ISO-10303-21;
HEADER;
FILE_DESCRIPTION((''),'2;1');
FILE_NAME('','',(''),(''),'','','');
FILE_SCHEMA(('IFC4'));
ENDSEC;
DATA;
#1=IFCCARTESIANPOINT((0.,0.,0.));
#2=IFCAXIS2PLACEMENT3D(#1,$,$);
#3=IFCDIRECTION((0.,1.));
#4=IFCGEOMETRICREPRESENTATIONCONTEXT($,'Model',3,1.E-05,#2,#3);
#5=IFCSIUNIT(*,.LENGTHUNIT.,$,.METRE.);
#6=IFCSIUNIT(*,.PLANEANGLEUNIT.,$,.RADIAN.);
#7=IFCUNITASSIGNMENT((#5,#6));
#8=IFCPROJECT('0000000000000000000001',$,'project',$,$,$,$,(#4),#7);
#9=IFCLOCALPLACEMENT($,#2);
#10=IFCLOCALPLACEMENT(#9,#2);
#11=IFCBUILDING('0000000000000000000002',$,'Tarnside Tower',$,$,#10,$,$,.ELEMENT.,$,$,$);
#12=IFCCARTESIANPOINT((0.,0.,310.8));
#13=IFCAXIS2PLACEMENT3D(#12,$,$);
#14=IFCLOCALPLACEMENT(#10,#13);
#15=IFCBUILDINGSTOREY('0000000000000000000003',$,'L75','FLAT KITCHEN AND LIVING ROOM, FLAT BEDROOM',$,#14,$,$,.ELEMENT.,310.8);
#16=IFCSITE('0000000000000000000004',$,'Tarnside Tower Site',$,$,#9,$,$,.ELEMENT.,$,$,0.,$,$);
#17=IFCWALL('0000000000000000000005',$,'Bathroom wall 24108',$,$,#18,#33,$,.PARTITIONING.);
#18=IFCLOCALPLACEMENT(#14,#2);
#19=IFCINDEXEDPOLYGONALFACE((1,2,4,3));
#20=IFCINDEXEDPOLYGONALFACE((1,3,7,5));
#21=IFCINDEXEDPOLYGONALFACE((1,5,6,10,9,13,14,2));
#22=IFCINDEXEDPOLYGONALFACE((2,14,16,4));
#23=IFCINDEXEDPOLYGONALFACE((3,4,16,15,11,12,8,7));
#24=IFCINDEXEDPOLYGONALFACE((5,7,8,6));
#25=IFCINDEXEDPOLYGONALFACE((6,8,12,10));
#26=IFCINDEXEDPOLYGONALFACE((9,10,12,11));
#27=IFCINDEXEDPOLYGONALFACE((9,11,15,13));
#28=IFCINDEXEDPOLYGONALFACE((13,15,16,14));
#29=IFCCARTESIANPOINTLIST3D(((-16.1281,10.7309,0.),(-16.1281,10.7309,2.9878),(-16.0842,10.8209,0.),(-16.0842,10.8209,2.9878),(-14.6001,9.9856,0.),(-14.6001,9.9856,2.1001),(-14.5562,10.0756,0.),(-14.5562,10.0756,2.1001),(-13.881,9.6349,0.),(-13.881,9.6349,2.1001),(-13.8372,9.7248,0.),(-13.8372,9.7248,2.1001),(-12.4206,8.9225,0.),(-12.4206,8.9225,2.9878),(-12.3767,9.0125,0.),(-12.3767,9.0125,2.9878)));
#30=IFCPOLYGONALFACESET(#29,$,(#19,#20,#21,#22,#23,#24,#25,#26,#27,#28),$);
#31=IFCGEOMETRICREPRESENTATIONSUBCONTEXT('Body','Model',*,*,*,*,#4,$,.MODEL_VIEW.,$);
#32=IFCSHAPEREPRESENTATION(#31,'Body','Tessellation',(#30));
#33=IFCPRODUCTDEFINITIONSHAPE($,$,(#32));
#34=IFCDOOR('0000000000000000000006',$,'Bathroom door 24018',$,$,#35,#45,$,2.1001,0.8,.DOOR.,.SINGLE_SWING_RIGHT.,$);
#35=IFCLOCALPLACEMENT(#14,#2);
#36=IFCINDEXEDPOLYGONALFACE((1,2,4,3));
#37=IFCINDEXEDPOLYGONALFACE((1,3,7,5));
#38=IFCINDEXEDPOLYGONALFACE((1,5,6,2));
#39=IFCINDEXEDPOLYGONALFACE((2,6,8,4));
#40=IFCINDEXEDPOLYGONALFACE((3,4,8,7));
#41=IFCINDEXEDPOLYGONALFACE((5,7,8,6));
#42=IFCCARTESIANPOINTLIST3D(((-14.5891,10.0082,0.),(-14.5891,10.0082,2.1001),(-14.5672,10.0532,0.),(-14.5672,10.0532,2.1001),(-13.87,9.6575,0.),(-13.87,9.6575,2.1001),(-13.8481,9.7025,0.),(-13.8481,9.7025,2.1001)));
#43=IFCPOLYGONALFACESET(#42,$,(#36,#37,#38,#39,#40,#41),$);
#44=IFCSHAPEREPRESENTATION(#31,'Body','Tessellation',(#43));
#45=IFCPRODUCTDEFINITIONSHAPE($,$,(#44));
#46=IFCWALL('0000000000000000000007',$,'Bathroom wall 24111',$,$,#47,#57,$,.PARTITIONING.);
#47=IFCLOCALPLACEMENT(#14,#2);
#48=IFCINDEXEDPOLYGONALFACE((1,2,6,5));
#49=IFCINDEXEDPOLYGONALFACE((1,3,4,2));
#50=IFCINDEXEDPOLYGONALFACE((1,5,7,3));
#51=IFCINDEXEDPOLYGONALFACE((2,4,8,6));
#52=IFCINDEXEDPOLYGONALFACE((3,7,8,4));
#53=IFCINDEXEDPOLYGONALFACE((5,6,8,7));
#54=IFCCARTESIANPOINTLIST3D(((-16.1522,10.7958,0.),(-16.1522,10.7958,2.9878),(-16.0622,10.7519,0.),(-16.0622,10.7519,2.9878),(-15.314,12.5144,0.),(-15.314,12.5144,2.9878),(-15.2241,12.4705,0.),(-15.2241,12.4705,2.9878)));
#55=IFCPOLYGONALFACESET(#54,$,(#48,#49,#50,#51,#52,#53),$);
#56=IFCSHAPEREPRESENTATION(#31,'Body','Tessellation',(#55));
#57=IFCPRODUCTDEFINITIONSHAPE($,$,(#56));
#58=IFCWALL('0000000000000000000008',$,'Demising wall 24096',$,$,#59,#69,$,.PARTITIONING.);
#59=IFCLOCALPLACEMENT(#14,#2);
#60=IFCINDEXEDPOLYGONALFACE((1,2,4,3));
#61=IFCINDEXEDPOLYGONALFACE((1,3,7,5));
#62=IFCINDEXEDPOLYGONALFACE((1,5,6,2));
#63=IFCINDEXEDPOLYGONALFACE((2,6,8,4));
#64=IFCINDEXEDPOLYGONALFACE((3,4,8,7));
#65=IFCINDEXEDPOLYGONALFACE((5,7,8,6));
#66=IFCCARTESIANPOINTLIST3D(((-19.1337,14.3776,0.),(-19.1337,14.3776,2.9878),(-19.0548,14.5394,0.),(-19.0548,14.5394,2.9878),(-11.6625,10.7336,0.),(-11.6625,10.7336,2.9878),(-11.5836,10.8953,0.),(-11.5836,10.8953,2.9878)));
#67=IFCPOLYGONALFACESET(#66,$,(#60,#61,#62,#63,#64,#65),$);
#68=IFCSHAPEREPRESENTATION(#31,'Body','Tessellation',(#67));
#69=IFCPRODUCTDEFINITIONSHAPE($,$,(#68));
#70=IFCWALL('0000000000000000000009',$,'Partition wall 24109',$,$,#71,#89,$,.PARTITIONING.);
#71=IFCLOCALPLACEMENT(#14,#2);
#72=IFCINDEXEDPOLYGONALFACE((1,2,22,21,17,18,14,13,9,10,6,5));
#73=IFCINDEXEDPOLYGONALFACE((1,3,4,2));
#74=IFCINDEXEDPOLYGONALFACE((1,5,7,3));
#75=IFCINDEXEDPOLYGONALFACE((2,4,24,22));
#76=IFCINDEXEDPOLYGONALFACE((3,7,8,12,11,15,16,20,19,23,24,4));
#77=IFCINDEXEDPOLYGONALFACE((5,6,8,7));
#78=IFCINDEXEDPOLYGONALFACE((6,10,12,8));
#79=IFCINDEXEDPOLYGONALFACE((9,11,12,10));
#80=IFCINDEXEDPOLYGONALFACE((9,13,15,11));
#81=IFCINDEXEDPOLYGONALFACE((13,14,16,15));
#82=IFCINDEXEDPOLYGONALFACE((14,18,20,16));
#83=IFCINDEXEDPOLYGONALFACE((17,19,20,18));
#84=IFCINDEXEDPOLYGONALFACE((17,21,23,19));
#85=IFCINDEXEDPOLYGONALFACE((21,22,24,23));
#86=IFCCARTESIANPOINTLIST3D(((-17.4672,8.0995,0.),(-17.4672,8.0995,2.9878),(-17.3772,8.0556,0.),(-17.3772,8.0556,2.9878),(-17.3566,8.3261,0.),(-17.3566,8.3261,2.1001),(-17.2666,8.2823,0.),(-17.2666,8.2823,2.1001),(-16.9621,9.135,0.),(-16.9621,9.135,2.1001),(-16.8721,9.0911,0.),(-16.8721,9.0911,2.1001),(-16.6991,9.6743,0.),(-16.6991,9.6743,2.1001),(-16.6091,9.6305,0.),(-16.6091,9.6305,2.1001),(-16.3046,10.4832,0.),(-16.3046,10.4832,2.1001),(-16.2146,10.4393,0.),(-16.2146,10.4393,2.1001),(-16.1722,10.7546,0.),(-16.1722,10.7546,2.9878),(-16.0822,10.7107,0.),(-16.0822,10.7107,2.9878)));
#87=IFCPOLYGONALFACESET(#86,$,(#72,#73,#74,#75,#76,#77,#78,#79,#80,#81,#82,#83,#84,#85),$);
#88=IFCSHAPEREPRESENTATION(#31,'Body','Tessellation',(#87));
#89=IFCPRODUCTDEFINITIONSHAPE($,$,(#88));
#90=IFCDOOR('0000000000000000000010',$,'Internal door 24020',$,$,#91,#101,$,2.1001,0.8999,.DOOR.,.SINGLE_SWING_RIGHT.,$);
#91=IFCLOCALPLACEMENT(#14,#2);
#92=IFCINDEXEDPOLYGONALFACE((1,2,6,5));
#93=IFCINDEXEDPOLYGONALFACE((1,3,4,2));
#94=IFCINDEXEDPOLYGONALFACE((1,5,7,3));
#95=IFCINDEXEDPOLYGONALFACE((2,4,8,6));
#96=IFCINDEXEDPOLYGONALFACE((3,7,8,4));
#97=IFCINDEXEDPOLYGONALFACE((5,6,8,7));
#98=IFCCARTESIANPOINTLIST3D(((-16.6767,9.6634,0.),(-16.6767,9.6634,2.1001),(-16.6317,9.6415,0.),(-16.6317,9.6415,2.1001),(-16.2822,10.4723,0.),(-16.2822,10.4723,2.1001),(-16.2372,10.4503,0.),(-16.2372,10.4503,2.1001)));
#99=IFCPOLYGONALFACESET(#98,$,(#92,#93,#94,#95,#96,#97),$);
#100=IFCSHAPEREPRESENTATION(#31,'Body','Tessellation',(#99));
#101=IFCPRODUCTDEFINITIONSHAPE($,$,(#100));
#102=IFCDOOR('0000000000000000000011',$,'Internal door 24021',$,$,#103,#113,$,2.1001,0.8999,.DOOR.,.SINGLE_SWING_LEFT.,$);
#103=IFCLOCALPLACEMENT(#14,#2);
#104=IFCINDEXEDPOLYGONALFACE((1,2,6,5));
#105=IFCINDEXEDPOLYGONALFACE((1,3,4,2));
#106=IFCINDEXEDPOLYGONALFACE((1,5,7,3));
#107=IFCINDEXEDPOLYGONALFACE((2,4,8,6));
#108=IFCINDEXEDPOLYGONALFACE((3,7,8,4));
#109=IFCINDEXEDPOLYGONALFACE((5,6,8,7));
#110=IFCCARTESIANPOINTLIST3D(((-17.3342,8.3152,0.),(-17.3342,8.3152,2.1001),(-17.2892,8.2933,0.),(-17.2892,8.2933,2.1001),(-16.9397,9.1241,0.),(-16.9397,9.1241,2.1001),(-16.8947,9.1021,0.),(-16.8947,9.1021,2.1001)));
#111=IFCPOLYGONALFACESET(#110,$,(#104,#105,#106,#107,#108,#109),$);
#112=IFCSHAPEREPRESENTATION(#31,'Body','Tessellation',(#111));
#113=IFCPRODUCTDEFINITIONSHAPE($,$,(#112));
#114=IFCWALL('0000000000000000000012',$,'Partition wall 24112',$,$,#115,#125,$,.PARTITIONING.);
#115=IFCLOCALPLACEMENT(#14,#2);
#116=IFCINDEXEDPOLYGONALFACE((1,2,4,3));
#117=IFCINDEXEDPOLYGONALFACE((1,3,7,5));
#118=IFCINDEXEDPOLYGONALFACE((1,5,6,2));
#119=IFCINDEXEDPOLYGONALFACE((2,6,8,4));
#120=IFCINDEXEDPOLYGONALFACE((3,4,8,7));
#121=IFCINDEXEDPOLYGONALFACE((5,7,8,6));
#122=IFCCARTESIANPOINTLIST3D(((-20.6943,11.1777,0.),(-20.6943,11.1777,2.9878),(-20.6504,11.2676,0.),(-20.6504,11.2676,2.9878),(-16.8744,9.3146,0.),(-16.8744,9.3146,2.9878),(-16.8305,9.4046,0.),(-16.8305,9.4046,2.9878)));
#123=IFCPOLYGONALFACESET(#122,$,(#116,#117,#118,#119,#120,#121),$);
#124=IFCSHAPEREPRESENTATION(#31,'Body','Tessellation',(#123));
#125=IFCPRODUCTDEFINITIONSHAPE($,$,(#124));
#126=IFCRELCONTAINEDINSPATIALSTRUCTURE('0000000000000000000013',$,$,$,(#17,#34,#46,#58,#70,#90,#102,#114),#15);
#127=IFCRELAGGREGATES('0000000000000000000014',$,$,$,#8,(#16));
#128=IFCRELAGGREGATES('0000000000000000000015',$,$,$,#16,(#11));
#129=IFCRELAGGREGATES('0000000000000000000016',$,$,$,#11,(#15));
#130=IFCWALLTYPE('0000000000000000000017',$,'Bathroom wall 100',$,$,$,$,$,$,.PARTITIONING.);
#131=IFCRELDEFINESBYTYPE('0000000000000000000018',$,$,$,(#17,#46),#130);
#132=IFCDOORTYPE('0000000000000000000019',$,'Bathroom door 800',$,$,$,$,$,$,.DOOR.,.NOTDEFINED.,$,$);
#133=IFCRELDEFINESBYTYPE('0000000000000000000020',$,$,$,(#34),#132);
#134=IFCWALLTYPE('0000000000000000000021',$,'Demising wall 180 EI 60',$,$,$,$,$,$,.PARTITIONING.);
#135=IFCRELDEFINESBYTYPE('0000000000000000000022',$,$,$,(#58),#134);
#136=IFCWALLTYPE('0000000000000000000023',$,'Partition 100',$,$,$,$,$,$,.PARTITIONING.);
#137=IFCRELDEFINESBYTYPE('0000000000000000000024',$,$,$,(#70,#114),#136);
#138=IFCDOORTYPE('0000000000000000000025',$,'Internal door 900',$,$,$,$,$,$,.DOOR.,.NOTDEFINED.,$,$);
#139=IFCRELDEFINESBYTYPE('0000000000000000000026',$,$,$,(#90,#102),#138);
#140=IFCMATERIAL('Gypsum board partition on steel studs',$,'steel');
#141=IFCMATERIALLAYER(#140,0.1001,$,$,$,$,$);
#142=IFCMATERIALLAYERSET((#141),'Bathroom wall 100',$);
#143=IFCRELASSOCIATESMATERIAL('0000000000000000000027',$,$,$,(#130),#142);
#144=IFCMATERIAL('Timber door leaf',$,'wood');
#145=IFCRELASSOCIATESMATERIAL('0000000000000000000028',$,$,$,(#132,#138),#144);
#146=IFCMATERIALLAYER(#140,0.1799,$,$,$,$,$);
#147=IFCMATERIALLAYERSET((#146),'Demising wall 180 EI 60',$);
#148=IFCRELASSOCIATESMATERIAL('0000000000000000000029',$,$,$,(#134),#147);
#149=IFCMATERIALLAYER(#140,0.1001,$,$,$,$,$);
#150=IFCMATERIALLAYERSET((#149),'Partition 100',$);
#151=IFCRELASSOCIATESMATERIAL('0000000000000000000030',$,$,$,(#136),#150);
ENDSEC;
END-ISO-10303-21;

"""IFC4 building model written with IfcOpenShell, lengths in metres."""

from ifc_helpers import new_model, si_unit, direction, frame, frame_2d, origin, place, context, subcontext, project, spatial, rectangle, extrude, material, layer, layer_set, type_object, element, fill, save


model = new_model("IFC4")

# Units and contexts
model_context = context("Model", 3, precision=1e-05, world=origin(), true_north=direction((0.0, 1.0)))
body_context = subcontext(model_context, "Body", "Model", "MODEL_VIEW")
ifc_project = project(units=[si_unit("LENGTHUNIT", "METRE"), si_unit("PLANEANGLEUNIT", "RADIAN")], contexts=[model_context])

# Site, building, storey
site_placement = place(None, origin())
site = spatial("IfcSite", under=ifc_project, at=site_placement, Name="Tarnside Tower Site", CompositionType="ELEMENT", RefElevation=0.0)
building_placement = place(site_placement, origin())
building = spatial("IfcBuilding", under=site, at=building_placement, Name="Tarnside Tower", CompositionType="ELEMENT")
storey_placement = place(building_placement, frame((0.0, 0.0, 310.8)))
storey = spatial("IfcBuildingStorey", under=building, at=storey_placement, Name="L75", Description="FLAT KITCHEN AND LIVING ROOM, FLAT BEDROOM", CompositionType="ELEMENT", Elevation=310.8)

# Wall, opening, door
ifc_material_1 = material(Name="Gypsum board partition on steel studs", Category="steel")
ifc_layer_1 = layer(ifc_material_1, 0.1001)
ifc_layer_set_1 = layer_set([ifc_layer_1], Name="Bathroom wall 100")
wall_type_1 = type_object("IfcWallType", Name="Bathroom wall 100", PredefinedType="PARTITIONING", material=ifc_layer_set_1)
wall_1_placement = place(storey_placement, frame((-12.3987, 8.9675, 0.0), z_axis=(0.0, 0.0, 1.0), x_axis=(-0.898787, 0.438385, 0.0)))
wall_1 = element("IfcWall", 1, at=wall_1_placement, inside=storey, type_object=wall_type_1, Name="Bathroom wall 24108", PredefinedType="PARTITIONING", context=body_context, shape_type="SweptSolid", body=[
    extrude(rectangle(XDim=4.125, YDim=0.1001, at=frame_2d((2.0625, 0.0))), origin(), (0.0, 0.0, 1.0), 2.9878),
])
opening_1_placement = place(wall_1_placement, frame((1.625, 0.0, 0.0)))
opening_1 = element("IfcOpeningElement", 2, at=opening_1_placement, cuts=wall_1, PredefinedType="OPENING", context=body_context, shape_type="SweptSolid", body=[
    extrude(rectangle(XDim=0.8, YDim=2.1001, at=frame_2d((0.3999, 1.05))), frame((0.0, 0.0601, 0.0), z_axis=(0.0, -1.0, 0.0), x_axis=(1.0, 0.0, 0.0)), (0.0, 0.0, 1.0), 0.1201),
])
ifc_material_2 = material(Name="Timber door leaf", Category="wood")
door_type_1 = type_object("IfcDoorType", Name="Bathroom door 800", OperationType="NOTDEFINED", PredefinedType="DOOR", material=ifc_material_2)
door_1_placement = place(opening_1_placement, origin())
door_1 = element("IfcDoor", 3, at=door_1_placement, inside=storey, type_object=door_type_1, Name="Bathroom door 24018", OperationType="SINGLE_SWING_RIGHT", OverallHeight=2.1001, OverallWidth=0.8, PredefinedType="DOOR", context=body_context, shape_type="SweptSolid", body=[
    extrude(rectangle(XDim=0.8, YDim=2.1001, at=frame_2d((0.3999, 1.05))), frame((0.0, 0.0249, 0.0), z_axis=(0.0, -1.0, 0.0), x_axis=(1.0, 0.0, 0.0)), (0.0, 0.0, 1.0), 0.05),
])
fill(opening_1, door_1)

# Walls
wall_2_placement = place(storey_placement, frame((-15.269, 12.4924, 0.0), z_axis=(0.0, 0.0, 1.0), x_axis=(-0.438356, -0.898802, 0.0)))
element("IfcWall", 4, at=wall_2_placement, inside=storey, type_object=wall_type_1, Name="Bathroom wall 24111", PredefinedType="PARTITIONING", context=body_context, shape_type="SweptSolid", body=[
    extrude(rectangle(XDim=1.9121, YDim=0.1001, at=frame_2d((0.9561, 0.0))), origin(), (0.0, 0.0, 1.0), 2.9878),
])
ifc_layer_2 = layer(ifc_material_1, 0.1799)
ifc_layer_set_2 = layer_set([ifc_layer_2], Name="Demising wall 180 EI 60")
wall_type_2 = type_object("IfcWallType", Name="Demising wall 180 EI 60", PredefinedType="PARTITIONING", material=ifc_layer_set_2)
wall_3_placement = place(storey_placement, frame((-19.0942, 14.4585, 0.0), z_axis=(0.0, 0.0, 1.0), x_axis=(0.898789, -0.438381, 0.0)))
element("IfcWall", 5, at=wall_3_placement, inside=storey, type_object=wall_type_2, Name="Demising wall 24096", PredefinedType="PARTITIONING", context=body_context, shape_type="SweptSolid", body=[
    extrude(rectangle(XDim=8.3125, YDim=0.1799, at=frame_2d((4.1562, 0.0))), origin(), (0.0, 0.0, 1.0), 2.9878),
])

# Wall, openings, doors
ifc_layer_3 = layer(ifc_material_1, 0.1001)
ifc_layer_set_3 = layer_set([ifc_layer_3], Name="Partition 100")
wall_type_3 = type_object("IfcWallType", Name="Partition 100", PredefinedType="PARTITIONING", material=ifc_layer_set_3)
wall_4_placement = place(storey_placement, frame((-16.1272, 10.7327, 0.0), z_axis=(0.0, 0.0, 1.0), x_axis=(-0.438365, -0.898797, 0.0)))
wall_4 = element("IfcWall", 6, at=wall_4_placement, inside=storey, type_object=wall_type_3, Name="Partition wall 24109", PredefinedType="PARTITIONING", context=body_context, shape_type="SweptSolid", body=[
    extrude(rectangle(XDim=2.9541, YDim=0.1001, at=frame_2d((1.4771, 0.0))), origin(), (0.0, 0.0, 1.0), 2.9878),
])
opening_2_placement = place(wall_4_placement, frame((0.302, 0.0, 0.0)))
opening_2 = element("IfcOpeningElement", 7, at=opening_2_placement, cuts=wall_4, PredefinedType="OPENING", context=body_context, shape_type="SweptSolid", body=[
    extrude(rectangle(XDim=0.8999, YDim=2.1001, at=frame_2d((0.45, 1.05))), frame((0.0, 0.0601, 0.0), z_axis=(0.0, -1.0, 0.0), x_axis=(1.0, 0.0, 0.0)), (0.0, 0.0, 1.0), 0.1201),
])
opening_3_placement = place(wall_4_placement, frame((1.802, 0.0, 0.0)))
opening_3 = element("IfcOpeningElement", 8, at=opening_3_placement, cuts=wall_4, PredefinedType="OPENING", context=body_context, shape_type="SweptSolid", body=[
    extrude(rectangle(XDim=0.8999, YDim=2.1001, at=frame_2d((0.45, 1.05))), frame((0.0, 0.0601, 0.0), z_axis=(0.0, -1.0, 0.0), x_axis=(1.0, 0.0, 0.0)), (0.0, 0.0, 1.0), 0.1201),
])
door_type_2 = type_object("IfcDoorType", Name="Internal door 900", OperationType="NOTDEFINED", PredefinedType="DOOR", material=ifc_material_2)
door_2_placement = place(opening_2_placement, origin())
door_2 = element("IfcDoor", 9, at=door_2_placement, inside=storey, type_object=door_type_2, Name="Internal door 24020", OperationType="SINGLE_SWING_RIGHT", OverallHeight=2.1001, OverallWidth=0.8999, PredefinedType="DOOR", context=body_context, shape_type="SweptSolid", body=[
    extrude(rectangle(XDim=0.8999, YDim=2.1001, at=frame_2d((0.45, 1.05))), frame((0.0, 0.0249, 0.0), z_axis=(0.0, -1.0, 0.0), x_axis=(1.0, 0.0, 0.0)), (0.0, 0.0, 1.0), 0.05),
])
fill(opening_2, door_2)
door_3_placement = place(opening_3_placement, origin())
door_3 = element("IfcDoor", 10, at=door_3_placement, inside=storey, type_object=door_type_2, Name="Internal door 24021", OperationType="SINGLE_SWING_LEFT", OverallHeight=2.1001, OverallWidth=0.8999, PredefinedType="DOOR", context=body_context, shape_type="SweptSolid", body=[
    extrude(rectangle(XDim=0.8999, YDim=2.1001, at=frame_2d((0.45, 1.05))), frame((0.0, 0.0249, 0.0), z_axis=(0.0, -1.0, 0.0), x_axis=(1.0, 0.0, 0.0)), (0.0, 0.0, 1.0), 0.05),
])
fill(opening_3, door_3)

# Wall
wall_5_placement = place(storey_placement, frame((-20.6724, 11.2227, 0.0), z_axis=(0.0, 0.0, 1.0), x_axis=(0.898795, -0.438368, 0.0)))
element("IfcWall", 11, at=wall_5_placement, inside=storey, type_object=wall_type_3, Name="Partition wall 24112", PredefinedType="PARTITIONING", context=body_context, shape_type="SweptSolid", body=[
    extrude(rectangle(XDim=4.25, YDim=0.1001, at=frame_2d((2.125, 0.0))), origin(), (0.0, 0.0, 1.0), 2.9878),
])

save(model, "model.ifc")
